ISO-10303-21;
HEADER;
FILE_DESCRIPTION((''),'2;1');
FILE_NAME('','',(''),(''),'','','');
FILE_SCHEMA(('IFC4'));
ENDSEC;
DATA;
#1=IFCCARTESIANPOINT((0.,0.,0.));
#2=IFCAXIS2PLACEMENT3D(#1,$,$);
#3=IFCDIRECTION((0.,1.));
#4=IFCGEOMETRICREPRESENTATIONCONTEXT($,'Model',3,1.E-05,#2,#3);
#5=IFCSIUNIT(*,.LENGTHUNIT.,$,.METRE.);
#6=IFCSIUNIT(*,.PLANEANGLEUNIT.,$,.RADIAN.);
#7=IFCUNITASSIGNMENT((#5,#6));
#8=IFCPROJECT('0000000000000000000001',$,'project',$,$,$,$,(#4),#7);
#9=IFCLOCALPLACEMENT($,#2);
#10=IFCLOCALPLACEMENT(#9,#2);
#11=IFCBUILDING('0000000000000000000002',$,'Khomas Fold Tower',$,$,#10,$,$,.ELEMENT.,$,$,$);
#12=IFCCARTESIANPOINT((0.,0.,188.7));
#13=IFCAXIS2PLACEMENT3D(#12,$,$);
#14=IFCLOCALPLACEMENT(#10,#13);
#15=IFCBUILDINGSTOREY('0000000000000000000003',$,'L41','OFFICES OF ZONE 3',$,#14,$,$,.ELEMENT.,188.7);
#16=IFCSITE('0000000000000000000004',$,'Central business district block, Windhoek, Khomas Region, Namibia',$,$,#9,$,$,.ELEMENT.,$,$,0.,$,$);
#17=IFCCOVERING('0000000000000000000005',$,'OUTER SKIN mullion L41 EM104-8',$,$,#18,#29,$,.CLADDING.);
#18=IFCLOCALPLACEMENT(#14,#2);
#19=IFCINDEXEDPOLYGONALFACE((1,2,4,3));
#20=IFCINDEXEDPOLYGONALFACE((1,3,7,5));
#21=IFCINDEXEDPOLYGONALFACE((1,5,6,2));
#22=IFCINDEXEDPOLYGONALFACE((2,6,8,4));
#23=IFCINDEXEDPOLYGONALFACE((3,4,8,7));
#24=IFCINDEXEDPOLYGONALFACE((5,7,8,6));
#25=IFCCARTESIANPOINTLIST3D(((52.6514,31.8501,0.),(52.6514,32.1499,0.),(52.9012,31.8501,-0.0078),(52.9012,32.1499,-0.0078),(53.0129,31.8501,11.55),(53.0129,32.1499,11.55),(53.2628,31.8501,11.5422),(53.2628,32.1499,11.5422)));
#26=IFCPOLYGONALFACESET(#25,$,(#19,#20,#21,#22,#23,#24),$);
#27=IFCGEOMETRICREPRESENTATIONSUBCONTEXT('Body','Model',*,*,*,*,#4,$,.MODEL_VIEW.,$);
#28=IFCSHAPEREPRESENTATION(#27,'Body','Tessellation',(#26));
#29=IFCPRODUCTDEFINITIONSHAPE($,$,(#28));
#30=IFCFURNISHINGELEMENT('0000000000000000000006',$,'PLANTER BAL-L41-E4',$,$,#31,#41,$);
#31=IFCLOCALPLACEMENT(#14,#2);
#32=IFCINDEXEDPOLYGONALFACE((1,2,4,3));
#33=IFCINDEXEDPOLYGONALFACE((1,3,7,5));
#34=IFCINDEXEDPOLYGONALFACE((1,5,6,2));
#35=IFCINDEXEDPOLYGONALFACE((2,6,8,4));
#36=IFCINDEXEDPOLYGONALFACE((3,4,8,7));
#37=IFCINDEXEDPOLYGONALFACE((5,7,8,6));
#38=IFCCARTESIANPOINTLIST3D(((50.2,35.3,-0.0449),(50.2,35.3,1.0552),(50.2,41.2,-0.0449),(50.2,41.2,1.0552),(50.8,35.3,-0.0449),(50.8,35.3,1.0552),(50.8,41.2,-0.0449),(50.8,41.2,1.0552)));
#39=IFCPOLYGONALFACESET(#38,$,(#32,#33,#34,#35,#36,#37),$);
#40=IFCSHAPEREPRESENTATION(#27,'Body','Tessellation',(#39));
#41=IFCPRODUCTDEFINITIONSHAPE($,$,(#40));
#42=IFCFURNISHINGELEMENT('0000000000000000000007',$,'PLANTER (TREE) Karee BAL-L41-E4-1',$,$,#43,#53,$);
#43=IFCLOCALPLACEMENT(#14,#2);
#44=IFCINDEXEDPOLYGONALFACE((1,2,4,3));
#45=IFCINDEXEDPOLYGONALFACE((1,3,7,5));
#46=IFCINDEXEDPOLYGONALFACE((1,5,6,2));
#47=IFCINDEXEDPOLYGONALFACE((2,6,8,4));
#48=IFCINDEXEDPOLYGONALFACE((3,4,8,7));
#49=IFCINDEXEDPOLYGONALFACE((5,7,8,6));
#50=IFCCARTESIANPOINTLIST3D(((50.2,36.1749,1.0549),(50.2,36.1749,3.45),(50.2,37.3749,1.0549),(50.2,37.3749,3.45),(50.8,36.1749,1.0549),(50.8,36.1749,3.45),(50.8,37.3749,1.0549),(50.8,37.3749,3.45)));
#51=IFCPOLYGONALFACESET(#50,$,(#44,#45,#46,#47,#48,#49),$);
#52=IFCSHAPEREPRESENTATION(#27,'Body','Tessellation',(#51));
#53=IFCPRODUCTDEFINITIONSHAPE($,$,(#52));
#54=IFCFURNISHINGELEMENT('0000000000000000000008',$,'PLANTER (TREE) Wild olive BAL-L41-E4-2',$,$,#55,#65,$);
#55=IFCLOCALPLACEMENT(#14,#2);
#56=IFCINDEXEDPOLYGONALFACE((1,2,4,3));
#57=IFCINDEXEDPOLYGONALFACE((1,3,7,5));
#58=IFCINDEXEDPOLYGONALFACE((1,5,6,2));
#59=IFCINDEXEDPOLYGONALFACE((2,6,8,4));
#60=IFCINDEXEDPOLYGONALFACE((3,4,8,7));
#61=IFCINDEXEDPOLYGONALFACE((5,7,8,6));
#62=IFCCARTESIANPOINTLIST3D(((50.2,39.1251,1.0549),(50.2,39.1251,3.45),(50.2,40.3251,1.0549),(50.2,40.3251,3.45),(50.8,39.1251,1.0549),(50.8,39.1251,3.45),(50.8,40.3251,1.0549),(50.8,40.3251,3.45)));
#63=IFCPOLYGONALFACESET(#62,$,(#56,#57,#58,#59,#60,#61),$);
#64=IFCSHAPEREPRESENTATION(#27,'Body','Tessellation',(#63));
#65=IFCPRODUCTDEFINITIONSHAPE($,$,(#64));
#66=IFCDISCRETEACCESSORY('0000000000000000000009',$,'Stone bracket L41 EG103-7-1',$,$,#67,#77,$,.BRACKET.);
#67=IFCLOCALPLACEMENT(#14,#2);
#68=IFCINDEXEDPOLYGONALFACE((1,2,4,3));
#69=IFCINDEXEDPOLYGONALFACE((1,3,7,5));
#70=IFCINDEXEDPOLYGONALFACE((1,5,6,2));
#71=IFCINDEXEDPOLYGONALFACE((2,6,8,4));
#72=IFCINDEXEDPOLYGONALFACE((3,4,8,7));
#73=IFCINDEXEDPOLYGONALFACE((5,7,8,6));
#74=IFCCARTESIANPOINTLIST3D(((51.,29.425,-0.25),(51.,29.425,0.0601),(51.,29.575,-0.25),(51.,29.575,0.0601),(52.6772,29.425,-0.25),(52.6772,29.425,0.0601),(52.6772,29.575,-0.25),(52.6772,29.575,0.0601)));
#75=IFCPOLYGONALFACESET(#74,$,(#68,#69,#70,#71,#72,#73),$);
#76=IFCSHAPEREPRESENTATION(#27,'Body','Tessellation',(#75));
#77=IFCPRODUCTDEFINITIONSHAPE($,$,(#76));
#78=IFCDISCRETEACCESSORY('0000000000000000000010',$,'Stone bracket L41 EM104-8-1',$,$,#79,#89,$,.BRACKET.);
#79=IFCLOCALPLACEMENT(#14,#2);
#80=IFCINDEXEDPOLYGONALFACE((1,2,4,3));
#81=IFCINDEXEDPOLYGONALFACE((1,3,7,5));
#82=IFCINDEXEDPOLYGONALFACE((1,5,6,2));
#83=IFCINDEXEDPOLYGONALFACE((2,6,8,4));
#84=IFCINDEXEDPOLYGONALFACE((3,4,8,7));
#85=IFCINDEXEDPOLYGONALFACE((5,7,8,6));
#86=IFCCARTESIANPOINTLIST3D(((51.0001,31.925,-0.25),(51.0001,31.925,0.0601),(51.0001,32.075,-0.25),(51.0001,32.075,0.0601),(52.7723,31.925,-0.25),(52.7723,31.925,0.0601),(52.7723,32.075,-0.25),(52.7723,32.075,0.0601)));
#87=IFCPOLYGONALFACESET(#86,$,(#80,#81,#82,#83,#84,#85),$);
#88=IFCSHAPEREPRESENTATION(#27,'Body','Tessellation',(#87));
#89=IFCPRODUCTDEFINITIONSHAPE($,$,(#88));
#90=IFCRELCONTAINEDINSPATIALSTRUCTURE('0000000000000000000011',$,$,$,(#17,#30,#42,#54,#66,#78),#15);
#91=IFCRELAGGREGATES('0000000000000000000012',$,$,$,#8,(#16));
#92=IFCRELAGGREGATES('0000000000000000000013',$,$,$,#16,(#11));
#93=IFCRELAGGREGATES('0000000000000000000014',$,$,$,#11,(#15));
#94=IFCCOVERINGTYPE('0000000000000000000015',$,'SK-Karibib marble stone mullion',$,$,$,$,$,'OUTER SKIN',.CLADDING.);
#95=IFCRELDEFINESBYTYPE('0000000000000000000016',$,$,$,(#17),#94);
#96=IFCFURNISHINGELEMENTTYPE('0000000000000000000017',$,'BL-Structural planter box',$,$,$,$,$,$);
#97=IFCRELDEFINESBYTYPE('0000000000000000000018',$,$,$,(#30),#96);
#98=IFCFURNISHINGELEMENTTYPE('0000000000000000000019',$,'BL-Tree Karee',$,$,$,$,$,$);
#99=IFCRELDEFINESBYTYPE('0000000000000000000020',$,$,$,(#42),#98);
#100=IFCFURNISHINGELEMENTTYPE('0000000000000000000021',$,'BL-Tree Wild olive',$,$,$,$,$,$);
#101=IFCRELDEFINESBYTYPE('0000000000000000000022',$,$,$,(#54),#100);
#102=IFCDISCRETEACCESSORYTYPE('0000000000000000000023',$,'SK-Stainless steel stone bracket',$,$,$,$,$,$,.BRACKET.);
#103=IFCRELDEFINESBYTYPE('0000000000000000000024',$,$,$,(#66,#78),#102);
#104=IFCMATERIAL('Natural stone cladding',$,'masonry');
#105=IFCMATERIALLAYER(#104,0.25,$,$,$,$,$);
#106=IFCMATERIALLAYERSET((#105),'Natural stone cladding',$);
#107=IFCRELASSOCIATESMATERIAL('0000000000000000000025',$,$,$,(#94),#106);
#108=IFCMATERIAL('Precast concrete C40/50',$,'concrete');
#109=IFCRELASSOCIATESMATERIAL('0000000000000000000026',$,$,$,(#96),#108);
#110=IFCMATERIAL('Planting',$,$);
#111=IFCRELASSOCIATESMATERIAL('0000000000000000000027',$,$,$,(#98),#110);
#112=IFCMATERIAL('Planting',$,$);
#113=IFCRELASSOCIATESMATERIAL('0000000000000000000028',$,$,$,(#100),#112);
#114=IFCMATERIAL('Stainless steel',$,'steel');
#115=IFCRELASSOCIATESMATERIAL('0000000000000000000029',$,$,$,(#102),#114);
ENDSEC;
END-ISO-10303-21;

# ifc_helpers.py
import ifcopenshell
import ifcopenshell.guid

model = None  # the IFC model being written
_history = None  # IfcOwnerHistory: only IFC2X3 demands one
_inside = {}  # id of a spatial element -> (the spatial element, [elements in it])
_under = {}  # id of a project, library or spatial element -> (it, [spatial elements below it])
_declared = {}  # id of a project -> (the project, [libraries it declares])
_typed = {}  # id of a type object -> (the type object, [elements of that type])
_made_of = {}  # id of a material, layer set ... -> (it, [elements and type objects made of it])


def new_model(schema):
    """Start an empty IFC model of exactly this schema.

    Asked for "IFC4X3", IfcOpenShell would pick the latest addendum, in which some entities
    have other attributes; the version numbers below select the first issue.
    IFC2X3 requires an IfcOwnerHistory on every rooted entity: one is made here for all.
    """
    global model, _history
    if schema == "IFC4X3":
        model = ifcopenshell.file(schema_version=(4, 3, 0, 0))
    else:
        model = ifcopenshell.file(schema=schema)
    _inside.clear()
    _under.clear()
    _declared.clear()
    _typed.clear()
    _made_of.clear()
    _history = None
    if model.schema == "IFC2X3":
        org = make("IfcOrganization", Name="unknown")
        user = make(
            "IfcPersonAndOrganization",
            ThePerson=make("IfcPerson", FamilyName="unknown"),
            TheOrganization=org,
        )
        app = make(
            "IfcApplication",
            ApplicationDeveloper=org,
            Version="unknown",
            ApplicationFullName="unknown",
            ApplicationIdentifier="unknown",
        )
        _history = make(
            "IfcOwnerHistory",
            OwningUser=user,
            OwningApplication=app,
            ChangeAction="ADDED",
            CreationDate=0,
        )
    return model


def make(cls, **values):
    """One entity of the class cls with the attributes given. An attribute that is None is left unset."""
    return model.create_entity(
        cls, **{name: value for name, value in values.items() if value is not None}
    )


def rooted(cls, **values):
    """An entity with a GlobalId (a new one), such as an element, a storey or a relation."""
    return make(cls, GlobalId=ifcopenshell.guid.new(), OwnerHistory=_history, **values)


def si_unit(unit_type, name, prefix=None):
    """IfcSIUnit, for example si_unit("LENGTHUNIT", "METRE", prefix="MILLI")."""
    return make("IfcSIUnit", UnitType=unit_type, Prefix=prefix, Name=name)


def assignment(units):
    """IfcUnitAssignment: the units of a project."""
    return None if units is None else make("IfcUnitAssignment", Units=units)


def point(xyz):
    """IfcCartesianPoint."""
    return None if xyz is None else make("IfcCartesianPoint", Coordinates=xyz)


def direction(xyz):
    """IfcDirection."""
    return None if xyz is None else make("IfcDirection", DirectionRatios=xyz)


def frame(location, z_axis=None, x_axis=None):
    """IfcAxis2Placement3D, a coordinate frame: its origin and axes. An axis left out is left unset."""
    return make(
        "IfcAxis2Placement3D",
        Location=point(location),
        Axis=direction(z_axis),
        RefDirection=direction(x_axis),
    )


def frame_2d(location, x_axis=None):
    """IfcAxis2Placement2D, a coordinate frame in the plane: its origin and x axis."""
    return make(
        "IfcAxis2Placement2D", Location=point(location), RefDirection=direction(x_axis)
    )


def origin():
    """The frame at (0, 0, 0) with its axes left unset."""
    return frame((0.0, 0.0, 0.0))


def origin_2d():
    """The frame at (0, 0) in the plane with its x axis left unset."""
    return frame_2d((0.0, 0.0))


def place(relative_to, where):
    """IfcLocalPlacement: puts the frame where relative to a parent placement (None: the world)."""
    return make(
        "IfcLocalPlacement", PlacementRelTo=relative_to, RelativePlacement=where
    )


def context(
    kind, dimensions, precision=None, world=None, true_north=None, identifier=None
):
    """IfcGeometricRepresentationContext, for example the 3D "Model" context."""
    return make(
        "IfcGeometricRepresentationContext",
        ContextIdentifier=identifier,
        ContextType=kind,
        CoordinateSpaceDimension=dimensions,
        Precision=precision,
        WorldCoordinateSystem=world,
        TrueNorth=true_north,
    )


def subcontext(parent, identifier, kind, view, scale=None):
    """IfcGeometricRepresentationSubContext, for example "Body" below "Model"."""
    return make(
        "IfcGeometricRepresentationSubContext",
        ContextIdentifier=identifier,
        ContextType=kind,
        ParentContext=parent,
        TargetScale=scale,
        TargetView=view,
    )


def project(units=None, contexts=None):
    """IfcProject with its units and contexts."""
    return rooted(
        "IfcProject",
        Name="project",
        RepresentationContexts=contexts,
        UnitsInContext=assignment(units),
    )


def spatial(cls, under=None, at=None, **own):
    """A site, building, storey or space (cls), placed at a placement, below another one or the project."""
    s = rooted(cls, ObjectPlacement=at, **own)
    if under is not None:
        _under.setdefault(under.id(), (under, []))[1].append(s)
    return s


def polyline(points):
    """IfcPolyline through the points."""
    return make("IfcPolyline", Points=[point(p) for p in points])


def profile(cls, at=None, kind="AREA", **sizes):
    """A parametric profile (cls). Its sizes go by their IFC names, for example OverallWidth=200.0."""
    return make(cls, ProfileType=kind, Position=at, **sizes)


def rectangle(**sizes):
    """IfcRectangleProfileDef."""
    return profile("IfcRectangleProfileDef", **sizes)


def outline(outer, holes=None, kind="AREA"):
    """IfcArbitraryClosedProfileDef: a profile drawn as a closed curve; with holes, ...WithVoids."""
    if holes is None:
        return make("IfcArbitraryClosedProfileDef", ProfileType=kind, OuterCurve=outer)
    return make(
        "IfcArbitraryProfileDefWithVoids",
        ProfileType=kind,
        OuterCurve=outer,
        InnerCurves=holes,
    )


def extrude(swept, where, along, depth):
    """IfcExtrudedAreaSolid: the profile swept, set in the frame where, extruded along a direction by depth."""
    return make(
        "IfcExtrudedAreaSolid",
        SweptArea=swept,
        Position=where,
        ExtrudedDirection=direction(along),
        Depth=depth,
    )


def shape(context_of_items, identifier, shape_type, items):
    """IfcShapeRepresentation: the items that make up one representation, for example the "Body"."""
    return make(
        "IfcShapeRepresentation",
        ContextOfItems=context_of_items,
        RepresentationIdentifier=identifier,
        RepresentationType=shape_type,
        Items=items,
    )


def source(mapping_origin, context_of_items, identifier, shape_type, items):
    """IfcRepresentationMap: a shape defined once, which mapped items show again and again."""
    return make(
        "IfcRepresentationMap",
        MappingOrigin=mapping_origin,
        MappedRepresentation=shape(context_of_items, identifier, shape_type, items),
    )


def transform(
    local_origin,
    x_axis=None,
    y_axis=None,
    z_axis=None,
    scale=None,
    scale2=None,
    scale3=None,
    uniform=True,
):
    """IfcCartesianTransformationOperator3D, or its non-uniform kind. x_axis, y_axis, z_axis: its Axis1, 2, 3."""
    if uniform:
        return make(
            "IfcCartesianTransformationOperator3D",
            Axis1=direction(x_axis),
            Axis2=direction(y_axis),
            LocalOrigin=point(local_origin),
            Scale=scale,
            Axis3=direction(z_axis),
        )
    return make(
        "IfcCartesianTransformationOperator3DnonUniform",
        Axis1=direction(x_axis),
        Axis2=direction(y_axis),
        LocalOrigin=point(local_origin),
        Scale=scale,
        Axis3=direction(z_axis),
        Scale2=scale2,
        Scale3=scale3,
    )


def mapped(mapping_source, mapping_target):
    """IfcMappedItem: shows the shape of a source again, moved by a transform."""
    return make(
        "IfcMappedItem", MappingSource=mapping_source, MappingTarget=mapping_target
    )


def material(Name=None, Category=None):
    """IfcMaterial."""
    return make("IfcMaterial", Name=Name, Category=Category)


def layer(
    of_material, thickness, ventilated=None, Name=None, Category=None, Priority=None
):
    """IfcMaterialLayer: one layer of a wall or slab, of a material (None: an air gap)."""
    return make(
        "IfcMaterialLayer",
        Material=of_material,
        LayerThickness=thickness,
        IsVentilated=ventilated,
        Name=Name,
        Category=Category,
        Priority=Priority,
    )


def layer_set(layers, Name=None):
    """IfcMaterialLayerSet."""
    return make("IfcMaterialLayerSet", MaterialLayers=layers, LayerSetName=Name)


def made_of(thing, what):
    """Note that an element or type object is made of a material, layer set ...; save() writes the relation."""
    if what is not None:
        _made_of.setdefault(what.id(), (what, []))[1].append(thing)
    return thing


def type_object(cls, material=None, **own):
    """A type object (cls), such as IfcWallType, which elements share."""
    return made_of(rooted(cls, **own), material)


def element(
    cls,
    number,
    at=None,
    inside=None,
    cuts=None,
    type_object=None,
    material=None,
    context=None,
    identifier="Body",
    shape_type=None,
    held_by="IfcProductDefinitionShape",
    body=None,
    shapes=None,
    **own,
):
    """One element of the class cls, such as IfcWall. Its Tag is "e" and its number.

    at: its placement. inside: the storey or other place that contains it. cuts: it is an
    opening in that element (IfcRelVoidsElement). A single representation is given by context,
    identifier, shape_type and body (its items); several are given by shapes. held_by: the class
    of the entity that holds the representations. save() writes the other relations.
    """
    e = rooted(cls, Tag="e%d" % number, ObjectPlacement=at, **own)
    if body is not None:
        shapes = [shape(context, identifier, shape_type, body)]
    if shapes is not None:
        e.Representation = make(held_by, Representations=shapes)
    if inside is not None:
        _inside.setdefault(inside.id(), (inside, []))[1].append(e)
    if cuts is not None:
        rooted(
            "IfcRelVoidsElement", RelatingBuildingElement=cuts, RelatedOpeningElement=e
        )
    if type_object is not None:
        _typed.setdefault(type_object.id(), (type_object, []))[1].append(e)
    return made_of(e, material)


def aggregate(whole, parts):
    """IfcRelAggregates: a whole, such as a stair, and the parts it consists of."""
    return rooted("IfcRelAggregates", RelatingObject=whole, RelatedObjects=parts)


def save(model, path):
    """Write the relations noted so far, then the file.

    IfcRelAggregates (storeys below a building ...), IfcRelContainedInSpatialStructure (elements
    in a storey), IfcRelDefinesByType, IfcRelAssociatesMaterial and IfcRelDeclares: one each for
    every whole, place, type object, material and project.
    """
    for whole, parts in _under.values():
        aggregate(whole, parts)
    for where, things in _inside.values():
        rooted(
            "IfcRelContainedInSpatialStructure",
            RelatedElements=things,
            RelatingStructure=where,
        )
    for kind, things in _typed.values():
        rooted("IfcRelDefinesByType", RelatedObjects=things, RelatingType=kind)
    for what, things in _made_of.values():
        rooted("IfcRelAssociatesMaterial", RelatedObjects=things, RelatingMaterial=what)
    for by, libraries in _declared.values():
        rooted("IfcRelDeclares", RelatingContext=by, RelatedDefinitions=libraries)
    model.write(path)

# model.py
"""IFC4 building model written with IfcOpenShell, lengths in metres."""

from ifc_helpers import new_model, si_unit, direction, frame, origin, origin_2d, place, context, subcontext, project, spatial, polyline, rectangle, outline, extrude, source, transform, mapped, material, layer, layer_set, type_object, element, save


model = new_model("IFC4")

# Units and contexts
model_context = context("Model", 3, precision=1e-05, world=origin(), true_north=direction((0.0, 1.0)))
body_context = subcontext(model_context, "Body", "Model", "MODEL_VIEW")
ifc_project = project(units=[si_unit("LENGTHUNIT", "METRE"), si_unit("PLANEANGLEUNIT", "RADIAN")], contexts=[model_context])

# Site, building, storey
site_placement = place(None, origin())
site = spatial("IfcSite", under=ifc_project, at=site_placement, Name="Central business district block, Windhoek, Khomas Region, Namibia", CompositionType="ELEMENT", RefElevation=0.0)
building_placement = place(site_placement, origin())
building = spatial("IfcBuilding", under=site, at=building_placement, Name="Khomas Fold Tower", CompositionType="ELEMENT")
storey_placement = place(building_placement, frame((0.0, 0.0, 188.7)))
storey = spatial("IfcBuildingStorey", under=building, at=storey_placement, Name="L41", Description="OFFICES OF ZONE 3", CompositionType="ELEMENT", Elevation=188.7)

# Covering
ifc_material_1 = material(Name="Natural stone cladding", Category="masonry")
ifc_layer_1 = layer(ifc_material_1, 0.25)
ifc_layer_set_1 = layer_set([ifc_layer_1], Name="Natural stone cladding")
covering_type = type_object("IfcCoveringType", Name="SK-Karibib marble stone mullion", ElementType="OUTER SKIN", PredefinedType="CLADDING", material=ifc_layer_set_1)
covering_placement = place(storey_placement, frame((52.6514, 31.8501, 0.0), z_axis=(-0.99951, 0.0, 0.031289), x_axis=(0.031289, 0.0, 0.99951)))
element("IfcCovering", 1, at=covering_placement, inside=storey, type_object=covering_type, Name="OUTER SKIN mullion L41 EM104-8", PredefinedType="CLADDING", context=body_context, shape_type="SweptSolid", body=[
    extrude(outline(polyline([(0.0, 0.0), (11.5557, 0.0), (11.5557, 0.2998), (0.0, 0.2998), (0.0, 0.0)])), origin(), (0.0, 0.0, -1.0), 0.25),
])

# Furnishing elements
ifc_material_2 = material(Name="Precast concrete C40/50", Category="concrete")
furnishing_element_type_1 = type_object("IfcFurnishingElementType", Name="BL-Structural planter box", material=ifc_material_2)
shared_shape_1 = source(origin(), body_context, "Body", "SweptSolid", [
    extrude(rectangle(XDim=5.8999, YDim=0.6001, at=origin_2d()), origin(), (0.0, 0.0, 1.0), 1.1001),
])
furnishing_1_placement = place(storey_placement, frame((50.5, 38.25, -0.0449), z_axis=(0.0, 0.0, 1.0), x_axis=(0.0, 1.0, 0.0)))
element("IfcFurnishingElement", 2, at=furnishing_1_placement, inside=storey, type_object=furnishing_element_type_1, Name="PLANTER BAL-L41-E4", context=body_context, shape_type="MappedRepresentation", body=[
    mapped(shared_shape_1, transform((0.0, 0.0, 0.0))),
])
ifc_material_3 = material(Name="Planting")
furnishing_element_type_2 = type_object("IfcFurnishingElementType", Name="BL-Tree Karee", material=ifc_material_3)
shared_shape_2 = source(origin(), body_context, "Body", "SweptSolid", [
    extrude(rectangle(XDim=1.2, YDim=0.6001, at=origin_2d()), origin(), (0.0, 0.0, 1.0), 2.395),
])
furnishing_2_placement = place(storey_placement, frame((50.5, 36.7749, 1.0549), z_axis=(0.0, 0.0, 1.0), x_axis=(0.0, 1.0, 0.0)))
element("IfcFurnishingElement", 3, at=furnishing_2_placement, inside=storey, type_object=furnishing_element_type_2, Name="PLANTER (TREE) Karee BAL-L41-E4-1", context=body_context, shape_type="MappedRepresentation", body=[
    mapped(shared_shape_2, transform((0.0, 0.0, 0.0))),
])
ifc_material_4 = material(Name="Planting")
furnishing_element_type_3 = type_object("IfcFurnishingElementType", Name="BL-Tree Wild olive", material=ifc_material_4)
furnishing_3_placement = place(storey_placement, frame((50.5, 39.7251, 1.0549), z_axis=(0.0, 0.0, 1.0), x_axis=(0.0, 1.0, 0.0)))
element("IfcFurnishingElement", 4, at=furnishing_3_placement, inside=storey, type_object=furnishing_element_type_3, Name="PLANTER (TREE) Wild olive BAL-L41-E4-2", context=body_context, shape_type="MappedRepresentation", body=[
    mapped(shared_shape_2, transform((0.0, 0.0, 0.0))),
])

# Discrete accessories
ifc_material_5 = material(Name="Stainless steel", Category="steel")
discrete_accessory_type = type_object("IfcDiscreteAccessoryType", Name="SK-Stainless steel stone bracket", PredefinedType="BRACKET", material=ifc_material_5)
shared_shape_3 = source(origin(), body_context, "Body", "SweptSolid", [
    extrude(rectangle(XDim=1.6772, YDim=0.1499, at=origin_2d()), origin(), (0.0, 0.0, 1.0), 0.3101),
])
discrete_accessory_1_placement = place(storey_placement, frame((51.8386, 29.5, -0.25), z_axis=(0.0, 0.0, 1.0), x_axis=(1.0, 0.0, 0.0)))
element("IfcDiscreteAccessory", 5, at=discrete_accessory_1_placement, inside=storey, type_object=discrete_accessory_type, Name="Stone bracket L41 EG103-7-1", PredefinedType="BRACKET", context=body_context, shape_type="MappedRepresentation", body=[
    mapped(shared_shape_3, transform((0.0, 0.0, 0.0))),
])
shared_shape_4 = source(origin(), body_context, "Body", "SweptSolid", [
    extrude(rectangle(XDim=1.7722, YDim=0.1499, at=origin_2d()), origin(), (0.0, 0.0, 1.0), 0.3101),
])
discrete_accessory_2_placement = place(storey_placement, frame((51.8862, 32.0, -0.25), z_axis=(0.0, 0.0, 1.0), x_axis=(1.0, 0.0, 0.0)))
element("IfcDiscreteAccessory", 6, at=discrete_accessory_2_placement, inside=storey, type_object=discrete_accessory_type, Name="Stone bracket L41 EM104-8-1", PredefinedType="BRACKET", context=body_context, shape_type="MappedRepresentation", body=[
    mapped(shared_shape_4, transform((0.0, 0.0, 0.0))),
])

save(model, "model.ifc")
